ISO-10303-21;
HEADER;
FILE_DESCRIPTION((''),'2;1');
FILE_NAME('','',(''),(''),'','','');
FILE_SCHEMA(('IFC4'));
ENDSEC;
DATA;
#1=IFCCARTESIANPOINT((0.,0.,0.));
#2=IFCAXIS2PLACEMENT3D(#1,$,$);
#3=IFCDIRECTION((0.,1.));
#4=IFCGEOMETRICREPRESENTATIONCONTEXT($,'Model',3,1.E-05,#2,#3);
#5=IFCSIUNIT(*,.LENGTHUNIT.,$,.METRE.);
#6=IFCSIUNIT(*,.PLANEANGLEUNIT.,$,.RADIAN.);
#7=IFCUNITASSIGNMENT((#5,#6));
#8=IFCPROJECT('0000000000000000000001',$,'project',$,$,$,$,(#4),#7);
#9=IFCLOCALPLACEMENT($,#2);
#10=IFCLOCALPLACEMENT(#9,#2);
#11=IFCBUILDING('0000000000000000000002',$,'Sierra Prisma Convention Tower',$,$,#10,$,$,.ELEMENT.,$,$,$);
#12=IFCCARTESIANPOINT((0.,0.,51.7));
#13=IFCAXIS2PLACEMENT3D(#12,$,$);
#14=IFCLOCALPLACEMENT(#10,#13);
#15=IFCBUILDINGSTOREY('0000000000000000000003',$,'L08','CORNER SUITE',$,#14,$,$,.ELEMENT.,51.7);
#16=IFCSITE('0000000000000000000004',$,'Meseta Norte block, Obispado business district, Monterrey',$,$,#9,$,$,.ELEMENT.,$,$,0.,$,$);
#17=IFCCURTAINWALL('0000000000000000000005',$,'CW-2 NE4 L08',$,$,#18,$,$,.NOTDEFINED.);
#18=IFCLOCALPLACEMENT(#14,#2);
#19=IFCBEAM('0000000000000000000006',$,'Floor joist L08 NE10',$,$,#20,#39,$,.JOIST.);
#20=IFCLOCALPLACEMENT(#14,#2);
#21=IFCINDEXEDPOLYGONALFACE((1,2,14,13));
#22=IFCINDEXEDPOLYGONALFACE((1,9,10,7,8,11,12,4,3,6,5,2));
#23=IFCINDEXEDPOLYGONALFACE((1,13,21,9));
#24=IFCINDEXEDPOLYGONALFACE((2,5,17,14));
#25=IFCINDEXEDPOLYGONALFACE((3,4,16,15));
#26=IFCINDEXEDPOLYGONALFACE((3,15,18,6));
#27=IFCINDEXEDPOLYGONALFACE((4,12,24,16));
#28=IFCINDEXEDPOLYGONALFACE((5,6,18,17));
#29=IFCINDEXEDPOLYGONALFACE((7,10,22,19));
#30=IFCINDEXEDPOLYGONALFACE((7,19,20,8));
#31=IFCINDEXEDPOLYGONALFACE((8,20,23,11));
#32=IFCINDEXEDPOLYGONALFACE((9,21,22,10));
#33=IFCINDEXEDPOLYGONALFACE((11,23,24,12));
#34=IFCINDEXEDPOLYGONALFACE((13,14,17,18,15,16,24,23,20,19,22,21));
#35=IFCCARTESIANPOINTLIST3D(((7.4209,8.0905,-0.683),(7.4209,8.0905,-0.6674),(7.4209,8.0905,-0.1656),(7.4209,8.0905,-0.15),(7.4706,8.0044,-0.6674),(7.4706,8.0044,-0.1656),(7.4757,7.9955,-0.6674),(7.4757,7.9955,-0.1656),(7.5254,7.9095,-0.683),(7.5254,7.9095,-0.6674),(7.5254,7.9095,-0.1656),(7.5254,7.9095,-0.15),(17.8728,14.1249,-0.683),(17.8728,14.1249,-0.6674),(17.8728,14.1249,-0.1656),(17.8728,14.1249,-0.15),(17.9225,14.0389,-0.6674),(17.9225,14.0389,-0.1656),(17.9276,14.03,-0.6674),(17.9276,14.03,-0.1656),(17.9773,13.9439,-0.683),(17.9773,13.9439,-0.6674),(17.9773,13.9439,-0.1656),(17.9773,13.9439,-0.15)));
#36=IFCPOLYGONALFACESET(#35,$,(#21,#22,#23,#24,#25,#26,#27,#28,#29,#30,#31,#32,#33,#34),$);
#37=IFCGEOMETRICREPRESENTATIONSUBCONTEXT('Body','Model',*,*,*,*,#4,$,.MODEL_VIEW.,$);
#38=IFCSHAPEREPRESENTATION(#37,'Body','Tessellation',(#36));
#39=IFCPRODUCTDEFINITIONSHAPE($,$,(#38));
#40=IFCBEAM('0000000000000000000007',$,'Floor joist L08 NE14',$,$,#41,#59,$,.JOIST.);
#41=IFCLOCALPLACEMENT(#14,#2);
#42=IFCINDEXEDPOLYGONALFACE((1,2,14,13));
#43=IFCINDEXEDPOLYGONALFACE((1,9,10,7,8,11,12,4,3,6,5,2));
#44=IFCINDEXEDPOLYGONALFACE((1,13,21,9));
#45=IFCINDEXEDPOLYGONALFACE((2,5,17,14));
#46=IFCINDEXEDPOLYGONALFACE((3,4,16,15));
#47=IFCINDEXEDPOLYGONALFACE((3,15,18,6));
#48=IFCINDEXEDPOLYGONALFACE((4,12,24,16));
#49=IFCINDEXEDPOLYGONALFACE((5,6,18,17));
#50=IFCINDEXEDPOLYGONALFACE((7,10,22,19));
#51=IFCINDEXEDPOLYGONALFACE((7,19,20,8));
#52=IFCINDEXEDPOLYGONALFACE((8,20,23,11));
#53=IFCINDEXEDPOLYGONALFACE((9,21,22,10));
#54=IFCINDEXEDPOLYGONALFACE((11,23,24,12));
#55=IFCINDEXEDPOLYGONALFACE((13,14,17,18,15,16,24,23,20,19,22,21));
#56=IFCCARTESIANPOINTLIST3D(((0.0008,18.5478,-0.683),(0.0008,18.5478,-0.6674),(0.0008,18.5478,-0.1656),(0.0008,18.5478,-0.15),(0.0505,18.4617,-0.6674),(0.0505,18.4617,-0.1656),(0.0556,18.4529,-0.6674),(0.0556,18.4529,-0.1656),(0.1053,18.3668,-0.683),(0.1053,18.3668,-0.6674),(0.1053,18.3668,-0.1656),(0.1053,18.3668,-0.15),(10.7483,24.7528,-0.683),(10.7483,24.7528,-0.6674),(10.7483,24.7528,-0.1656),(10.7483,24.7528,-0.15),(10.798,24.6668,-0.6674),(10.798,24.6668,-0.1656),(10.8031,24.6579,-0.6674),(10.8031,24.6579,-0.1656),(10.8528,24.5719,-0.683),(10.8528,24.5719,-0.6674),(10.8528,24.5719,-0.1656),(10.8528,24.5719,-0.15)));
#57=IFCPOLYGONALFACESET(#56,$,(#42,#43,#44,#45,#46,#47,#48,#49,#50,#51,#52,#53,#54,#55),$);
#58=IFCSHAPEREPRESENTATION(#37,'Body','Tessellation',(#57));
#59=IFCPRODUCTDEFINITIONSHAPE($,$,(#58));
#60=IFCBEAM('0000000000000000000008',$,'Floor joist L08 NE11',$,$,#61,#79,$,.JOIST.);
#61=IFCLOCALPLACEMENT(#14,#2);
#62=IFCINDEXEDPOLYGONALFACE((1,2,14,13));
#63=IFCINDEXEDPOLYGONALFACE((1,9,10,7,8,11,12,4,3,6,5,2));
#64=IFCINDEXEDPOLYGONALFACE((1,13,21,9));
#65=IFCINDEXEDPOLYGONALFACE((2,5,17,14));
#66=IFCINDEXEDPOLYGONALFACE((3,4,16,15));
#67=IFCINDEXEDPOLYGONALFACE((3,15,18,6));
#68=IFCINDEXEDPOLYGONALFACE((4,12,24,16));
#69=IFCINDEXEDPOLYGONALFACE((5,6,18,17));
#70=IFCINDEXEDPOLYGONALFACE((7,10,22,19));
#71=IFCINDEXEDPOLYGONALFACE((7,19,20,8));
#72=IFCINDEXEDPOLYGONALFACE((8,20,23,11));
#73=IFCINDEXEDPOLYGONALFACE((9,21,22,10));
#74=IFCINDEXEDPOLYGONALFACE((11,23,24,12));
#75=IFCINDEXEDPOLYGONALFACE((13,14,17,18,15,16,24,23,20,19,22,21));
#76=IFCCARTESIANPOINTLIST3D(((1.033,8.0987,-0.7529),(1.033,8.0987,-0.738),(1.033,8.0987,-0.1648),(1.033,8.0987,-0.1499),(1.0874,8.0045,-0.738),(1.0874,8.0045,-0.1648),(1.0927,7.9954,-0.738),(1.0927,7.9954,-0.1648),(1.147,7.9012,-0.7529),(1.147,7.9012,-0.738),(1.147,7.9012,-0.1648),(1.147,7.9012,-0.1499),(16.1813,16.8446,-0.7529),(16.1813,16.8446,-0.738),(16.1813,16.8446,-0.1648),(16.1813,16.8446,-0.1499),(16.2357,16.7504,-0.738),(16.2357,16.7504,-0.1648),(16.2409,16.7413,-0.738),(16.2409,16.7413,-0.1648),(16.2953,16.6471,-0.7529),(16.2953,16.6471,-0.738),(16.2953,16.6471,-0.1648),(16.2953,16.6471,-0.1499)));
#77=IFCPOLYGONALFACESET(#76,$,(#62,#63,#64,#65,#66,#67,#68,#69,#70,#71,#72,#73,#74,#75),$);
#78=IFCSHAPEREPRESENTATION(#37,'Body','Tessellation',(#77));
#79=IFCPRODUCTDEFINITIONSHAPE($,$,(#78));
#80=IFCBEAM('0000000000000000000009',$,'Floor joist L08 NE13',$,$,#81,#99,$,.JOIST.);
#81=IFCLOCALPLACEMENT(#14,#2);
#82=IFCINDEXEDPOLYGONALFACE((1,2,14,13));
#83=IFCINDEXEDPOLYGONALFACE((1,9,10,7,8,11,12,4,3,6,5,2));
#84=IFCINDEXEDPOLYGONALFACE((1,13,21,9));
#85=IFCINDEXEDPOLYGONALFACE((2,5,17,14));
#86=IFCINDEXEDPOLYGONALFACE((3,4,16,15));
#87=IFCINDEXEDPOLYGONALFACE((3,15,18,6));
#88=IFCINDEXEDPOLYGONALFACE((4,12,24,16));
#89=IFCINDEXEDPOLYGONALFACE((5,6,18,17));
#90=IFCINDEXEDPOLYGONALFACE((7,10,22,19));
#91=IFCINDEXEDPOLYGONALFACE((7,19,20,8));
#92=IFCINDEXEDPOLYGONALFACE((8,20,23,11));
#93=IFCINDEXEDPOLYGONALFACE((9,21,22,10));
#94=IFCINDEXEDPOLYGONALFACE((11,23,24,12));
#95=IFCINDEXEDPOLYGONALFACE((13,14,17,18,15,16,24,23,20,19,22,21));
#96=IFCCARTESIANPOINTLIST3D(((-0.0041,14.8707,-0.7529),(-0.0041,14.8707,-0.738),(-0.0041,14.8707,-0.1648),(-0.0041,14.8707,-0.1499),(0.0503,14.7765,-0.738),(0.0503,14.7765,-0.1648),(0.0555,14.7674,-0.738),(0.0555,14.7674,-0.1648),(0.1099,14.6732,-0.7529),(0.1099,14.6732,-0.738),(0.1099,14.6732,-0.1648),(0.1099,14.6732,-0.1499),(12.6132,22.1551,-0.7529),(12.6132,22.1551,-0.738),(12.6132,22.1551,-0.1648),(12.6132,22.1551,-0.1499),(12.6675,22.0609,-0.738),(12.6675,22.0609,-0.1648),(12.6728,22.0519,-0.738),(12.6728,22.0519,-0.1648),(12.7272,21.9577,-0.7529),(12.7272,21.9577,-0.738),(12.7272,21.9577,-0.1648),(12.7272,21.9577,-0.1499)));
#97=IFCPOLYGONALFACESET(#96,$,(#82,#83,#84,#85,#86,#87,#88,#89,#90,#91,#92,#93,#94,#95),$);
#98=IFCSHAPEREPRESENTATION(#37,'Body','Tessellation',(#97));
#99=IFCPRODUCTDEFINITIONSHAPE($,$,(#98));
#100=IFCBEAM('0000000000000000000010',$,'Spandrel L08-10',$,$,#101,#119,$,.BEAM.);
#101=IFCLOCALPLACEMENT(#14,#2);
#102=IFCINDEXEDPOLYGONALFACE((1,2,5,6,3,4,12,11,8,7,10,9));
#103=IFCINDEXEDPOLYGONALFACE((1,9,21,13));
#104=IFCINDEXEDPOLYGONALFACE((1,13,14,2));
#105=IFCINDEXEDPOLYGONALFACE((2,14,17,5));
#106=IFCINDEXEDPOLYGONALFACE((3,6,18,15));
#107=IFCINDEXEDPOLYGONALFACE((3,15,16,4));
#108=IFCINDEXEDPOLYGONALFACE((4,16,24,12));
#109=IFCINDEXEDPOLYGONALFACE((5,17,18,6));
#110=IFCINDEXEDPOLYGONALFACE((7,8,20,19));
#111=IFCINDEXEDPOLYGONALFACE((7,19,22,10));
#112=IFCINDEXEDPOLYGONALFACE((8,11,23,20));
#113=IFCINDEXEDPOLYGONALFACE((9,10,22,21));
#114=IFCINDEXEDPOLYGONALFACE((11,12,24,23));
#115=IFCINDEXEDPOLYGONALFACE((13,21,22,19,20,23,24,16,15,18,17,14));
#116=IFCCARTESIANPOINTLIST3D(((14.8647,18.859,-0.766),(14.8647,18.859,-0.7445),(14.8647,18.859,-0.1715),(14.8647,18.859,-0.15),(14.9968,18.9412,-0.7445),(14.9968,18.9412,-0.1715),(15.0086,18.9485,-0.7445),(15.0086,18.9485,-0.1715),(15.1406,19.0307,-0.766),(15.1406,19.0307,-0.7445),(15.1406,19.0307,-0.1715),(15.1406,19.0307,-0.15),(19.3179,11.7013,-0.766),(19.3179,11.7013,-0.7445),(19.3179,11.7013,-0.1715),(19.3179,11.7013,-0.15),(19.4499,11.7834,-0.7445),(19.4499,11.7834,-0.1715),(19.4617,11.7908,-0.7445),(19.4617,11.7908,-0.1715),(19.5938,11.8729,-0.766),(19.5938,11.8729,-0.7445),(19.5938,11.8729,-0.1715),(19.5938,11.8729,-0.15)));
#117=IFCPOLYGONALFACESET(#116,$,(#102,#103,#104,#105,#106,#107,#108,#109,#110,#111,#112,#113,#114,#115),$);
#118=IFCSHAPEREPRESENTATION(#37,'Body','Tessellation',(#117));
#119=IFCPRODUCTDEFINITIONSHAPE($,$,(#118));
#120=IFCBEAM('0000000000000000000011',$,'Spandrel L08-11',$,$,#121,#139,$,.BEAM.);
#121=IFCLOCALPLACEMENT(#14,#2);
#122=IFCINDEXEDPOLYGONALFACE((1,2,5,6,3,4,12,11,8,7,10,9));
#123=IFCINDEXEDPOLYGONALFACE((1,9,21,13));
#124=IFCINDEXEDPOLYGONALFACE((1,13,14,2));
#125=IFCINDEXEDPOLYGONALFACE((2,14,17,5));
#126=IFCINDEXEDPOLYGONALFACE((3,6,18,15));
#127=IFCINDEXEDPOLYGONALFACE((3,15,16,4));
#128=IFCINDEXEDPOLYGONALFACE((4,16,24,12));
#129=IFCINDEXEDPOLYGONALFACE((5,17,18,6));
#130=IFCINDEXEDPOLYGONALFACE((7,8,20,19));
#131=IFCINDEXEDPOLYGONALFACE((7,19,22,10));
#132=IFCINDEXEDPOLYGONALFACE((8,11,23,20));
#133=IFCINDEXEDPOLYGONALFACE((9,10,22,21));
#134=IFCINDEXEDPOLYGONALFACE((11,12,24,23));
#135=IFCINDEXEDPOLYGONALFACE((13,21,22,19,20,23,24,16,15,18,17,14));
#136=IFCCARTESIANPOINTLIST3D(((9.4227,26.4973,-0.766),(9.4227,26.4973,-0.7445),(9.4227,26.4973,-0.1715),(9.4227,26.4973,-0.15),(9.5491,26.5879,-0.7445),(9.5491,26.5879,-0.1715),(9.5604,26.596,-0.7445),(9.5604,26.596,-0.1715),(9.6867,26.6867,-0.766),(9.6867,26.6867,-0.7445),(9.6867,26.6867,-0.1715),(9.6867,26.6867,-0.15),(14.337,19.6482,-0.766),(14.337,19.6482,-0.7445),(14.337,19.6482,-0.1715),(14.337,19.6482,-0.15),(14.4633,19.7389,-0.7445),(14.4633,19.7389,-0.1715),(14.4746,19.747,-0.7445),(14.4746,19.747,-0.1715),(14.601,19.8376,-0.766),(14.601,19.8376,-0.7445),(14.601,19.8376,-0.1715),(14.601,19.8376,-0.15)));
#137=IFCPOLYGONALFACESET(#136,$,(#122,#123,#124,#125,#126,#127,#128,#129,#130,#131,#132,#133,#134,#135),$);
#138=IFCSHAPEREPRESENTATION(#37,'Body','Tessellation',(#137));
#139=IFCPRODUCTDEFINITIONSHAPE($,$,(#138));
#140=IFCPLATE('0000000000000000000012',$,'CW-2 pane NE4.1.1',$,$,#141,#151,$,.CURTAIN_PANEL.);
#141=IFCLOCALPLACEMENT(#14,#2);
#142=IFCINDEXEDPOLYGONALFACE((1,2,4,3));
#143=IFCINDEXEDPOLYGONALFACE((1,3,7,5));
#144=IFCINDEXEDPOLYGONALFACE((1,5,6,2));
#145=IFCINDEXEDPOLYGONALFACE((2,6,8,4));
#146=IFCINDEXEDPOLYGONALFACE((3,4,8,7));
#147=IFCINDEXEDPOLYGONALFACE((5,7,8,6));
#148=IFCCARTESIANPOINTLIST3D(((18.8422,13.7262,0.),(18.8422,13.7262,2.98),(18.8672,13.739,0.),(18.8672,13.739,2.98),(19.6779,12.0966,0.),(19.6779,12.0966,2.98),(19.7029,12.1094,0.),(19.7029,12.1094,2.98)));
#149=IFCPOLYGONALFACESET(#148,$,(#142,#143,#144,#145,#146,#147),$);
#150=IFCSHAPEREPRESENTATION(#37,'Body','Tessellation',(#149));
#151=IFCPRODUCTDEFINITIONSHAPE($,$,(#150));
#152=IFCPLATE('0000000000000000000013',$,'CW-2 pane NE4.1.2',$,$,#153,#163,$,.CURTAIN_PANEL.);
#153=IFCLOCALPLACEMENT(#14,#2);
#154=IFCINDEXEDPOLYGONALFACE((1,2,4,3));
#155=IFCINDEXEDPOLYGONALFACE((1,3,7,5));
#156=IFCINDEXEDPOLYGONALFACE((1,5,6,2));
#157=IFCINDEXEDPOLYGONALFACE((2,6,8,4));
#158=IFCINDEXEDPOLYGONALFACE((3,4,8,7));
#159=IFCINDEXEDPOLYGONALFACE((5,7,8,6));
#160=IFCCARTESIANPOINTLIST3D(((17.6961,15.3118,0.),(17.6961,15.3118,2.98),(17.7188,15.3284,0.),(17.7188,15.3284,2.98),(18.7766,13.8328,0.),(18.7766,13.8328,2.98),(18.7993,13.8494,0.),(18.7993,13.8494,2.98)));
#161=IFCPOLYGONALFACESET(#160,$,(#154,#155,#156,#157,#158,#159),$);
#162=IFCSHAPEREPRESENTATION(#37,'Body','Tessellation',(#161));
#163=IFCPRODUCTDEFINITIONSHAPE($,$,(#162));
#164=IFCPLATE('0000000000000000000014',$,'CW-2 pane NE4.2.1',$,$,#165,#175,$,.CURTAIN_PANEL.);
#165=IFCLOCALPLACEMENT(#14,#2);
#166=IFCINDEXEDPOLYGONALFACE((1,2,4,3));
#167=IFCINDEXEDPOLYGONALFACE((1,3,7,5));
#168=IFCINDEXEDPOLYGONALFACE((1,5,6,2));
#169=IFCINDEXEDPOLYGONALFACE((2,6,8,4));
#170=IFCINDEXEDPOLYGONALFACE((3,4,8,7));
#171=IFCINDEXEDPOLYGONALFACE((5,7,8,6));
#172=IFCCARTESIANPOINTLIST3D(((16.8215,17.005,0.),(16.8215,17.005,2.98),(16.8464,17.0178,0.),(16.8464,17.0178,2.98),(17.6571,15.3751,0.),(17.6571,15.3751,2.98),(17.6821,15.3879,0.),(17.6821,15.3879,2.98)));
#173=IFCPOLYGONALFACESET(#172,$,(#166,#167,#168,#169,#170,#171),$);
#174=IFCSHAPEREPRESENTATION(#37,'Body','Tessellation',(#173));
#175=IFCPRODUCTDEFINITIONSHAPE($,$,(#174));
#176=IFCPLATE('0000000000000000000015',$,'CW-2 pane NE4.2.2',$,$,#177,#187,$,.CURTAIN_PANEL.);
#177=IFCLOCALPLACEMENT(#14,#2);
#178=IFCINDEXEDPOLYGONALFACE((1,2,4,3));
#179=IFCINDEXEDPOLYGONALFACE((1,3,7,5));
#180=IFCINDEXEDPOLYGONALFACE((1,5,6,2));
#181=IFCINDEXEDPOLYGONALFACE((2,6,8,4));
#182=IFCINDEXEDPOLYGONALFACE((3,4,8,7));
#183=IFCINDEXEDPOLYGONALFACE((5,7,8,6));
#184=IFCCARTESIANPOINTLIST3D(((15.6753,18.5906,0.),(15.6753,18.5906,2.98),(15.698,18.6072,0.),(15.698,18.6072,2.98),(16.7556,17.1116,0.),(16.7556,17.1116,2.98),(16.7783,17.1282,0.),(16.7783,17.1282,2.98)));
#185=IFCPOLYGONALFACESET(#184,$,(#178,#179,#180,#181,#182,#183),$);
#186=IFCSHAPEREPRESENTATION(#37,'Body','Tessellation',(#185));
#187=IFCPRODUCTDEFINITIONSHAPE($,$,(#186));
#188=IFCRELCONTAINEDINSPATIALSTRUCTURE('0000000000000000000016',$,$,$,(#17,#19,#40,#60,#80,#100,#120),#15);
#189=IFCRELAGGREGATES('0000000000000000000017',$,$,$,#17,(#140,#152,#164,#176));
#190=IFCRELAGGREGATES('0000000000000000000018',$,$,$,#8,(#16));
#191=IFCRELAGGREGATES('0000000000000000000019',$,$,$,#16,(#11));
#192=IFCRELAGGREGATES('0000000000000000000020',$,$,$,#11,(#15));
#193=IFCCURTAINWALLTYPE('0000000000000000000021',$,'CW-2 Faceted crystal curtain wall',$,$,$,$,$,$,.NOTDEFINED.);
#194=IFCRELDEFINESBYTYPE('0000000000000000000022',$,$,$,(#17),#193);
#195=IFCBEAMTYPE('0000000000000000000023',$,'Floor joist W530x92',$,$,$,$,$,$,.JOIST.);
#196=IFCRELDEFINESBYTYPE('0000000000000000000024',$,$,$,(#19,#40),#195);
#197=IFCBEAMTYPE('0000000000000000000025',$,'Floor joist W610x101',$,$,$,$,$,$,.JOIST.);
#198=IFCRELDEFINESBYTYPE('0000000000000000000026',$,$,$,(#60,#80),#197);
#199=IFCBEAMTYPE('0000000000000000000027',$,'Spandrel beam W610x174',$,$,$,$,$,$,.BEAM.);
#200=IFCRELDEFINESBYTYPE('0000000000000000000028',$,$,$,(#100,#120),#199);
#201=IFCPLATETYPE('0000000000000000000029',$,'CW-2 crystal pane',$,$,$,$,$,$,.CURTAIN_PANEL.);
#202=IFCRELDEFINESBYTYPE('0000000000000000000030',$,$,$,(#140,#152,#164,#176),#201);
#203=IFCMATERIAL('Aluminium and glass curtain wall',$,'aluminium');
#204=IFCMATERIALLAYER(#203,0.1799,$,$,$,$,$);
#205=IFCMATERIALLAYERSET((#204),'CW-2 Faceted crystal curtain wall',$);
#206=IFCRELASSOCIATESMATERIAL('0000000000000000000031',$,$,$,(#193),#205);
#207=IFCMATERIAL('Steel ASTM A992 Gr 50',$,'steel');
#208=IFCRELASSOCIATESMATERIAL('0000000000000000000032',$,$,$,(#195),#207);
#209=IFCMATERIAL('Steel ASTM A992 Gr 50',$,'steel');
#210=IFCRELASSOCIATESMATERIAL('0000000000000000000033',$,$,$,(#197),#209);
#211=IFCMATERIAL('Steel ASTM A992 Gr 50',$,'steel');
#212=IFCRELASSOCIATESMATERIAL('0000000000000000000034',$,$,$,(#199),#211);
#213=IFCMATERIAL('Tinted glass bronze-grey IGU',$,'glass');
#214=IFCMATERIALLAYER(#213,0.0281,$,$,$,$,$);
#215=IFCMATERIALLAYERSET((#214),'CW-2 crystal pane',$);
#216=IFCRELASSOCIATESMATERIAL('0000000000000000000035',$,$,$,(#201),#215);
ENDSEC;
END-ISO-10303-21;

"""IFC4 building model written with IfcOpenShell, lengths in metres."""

from ifc_helpers import new_model, si_unit, direction, frame, origin, origin_2d, place, context, subcontext, project, spatial, polyline, i_section, outline, extrude, material, layer, layer_set, material_profile, profile_set, type_object, element, aggregate, save


model = new_model("IFC4")

# Units and contexts
model_context = context("Model", 3, precision=1e-05, world=origin(), true_north=direction((0.0, 1.0)))
body_context = subcontext(model_context, "Body", "Model", "MODEL_VIEW")
ifc_project = project(units=[si_unit("LENGTHUNIT", "METRE"), si_unit("PLANEANGLEUNIT", "RADIAN")], contexts=[model_context])

# Site, building, storey
site_placement = place(None, origin())
site = spatial("IfcSite", under=ifc_project, at=site_placement, Name="Meseta Norte block, Obispado business district, Monterrey", CompositionType="ELEMENT", RefElevation=0.0)
building_placement = place(site_placement, origin())
building = spatial("IfcBuilding", under=site, at=building_placement, Name="Sierra Prisma Convention Tower", CompositionType="ELEMENT")
storey_placement = place(building_placement, frame((0.0, 0.0, 51.7)))
storey = spatial("IfcBuildingStorey", under=building, at=storey_placement, Name="L08", Description="CORNER SUITE", CompositionType="ELEMENT", Elevation=51.7)

# Curtain wall
ifc_material_1 = material(Name="Aluminium and glass curtain wall", Category="aluminium")
ifc_layer_1 = layer(ifc_material_1, 0.1799)
ifc_layer_set_1 = layer_set([ifc_layer_1], Name="CW-2 Faceted crystal curtain wall")
curtain_wall_type = type_object("IfcCurtainWallType", Name="CW-2 Faceted crystal curtain wall", PredefinedType="NOTDEFINED", material=ifc_layer_set_1)
curtain_wall_1_placement = place(storey_placement, origin())
curtain_wall_1 = element("IfcCurtainWall", 1, at=curtain_wall_1_placement, inside=storey, type_object=curtain_wall_type, Name="CW-2 NE4 L08", PredefinedType="NOTDEFINED")

# Beams
ifc_material_2 = material(Name="Steel ASTM A992 Gr 50", Category="steel")
ifc_material_profile_1 = material_profile(ifc_material_2, i_section(OverallWidth=0.209, OverallDepth=0.533, WebThickness=0.0103, FlangeThickness=0.0156, at=origin_2d()), Name="W530x92")
ifc_profile_set_1 = profile_set([ifc_material_profile_1], Name="Steel ASTM A992 Gr 50")
beam_type_1 = type_object("IfcBeamType", Name="Floor joist W530x92", PredefinedType="JOIST", material=ifc_profile_set_1)
beam_1_placement = place(storey_placement, frame((17.925, 14.0344, -0.4165), z_axis=(-0.866025, -0.500001, 0.0), x_axis=(0.500001, -0.866025, 0.0)))
element("IfcBeam", 2, at=beam_1_placement, inside=storey, type_object=beam_type_1, Name="Floor joist L08 NE10", PredefinedType="JOIST", context=body_context, shape_type="SweptSolid", body=[
    extrude(i_section(OverallWidth=0.209, OverallDepth=0.533, WebThickness=0.0103, FlangeThickness=0.0156, at=origin_2d()), origin(), (0.0, 0.0, 1.0), 12.0688),
])
beam_2_placement = place(storey_placement, frame((10.8005, 24.6624, -0.4165), z_axis=(-0.866026, -0.499998, 0.0), x_axis=(0.499998, -0.866026, 0.0)))
element("IfcBeam", 3, at=beam_2_placement, inside=storey, type_object=beam_type_1, Name="Floor joist L08 NE14", PredefinedType="JOIST", context=body_context, shape_type="SweptSolid", body=[
    extrude(i_section(OverallWidth=0.209, OverallDepth=0.533, WebThickness=0.0103, FlangeThickness=0.0156, at=origin_2d()), origin(), (0.0, 0.0, 1.0), 12.4102),
])
ifc_material_3 = material(Name="Steel ASTM A992 Gr 50", Category="steel")
ifc_material_profile_2 = material_profile(ifc_material_3, i_section(OverallWidth=0.228, OverallDepth=0.603, WebThickness=0.0105, FlangeThickness=0.0149, at=origin_2d()), Name="W610x101")
ifc_profile_set_2 = profile_set([ifc_material_profile_2], Name="Steel ASTM A992 Gr 50")
beam_type_2 = type_object("IfcBeamType", Name="Floor joist W610x101", PredefinedType="JOIST", material=ifc_profile_set_2)
beam_3_placement = place(storey_placement, frame((16.2383, 16.7458, -0.4514), z_axis=(-0.866025, -0.500002, 0.0), x_axis=(0.500002, -0.866025, 0.0)))
element("IfcBeam", 4, at=beam_3_placement, inside=storey, type_object=beam_type_2, Name="Floor joist L08 NE11", PredefinedType="JOIST", context=body_context, shape_type="SweptSolid", body=[
    extrude(i_section(OverallWidth=0.228, OverallDepth=0.603, WebThickness=0.0105, FlangeThickness=0.0149, at=origin_2d()), origin(), (0.0, 0.0, 1.0), 17.4917),
])
beam_4_placement = place(storey_placement, frame((12.6702, 22.0564, -0.4514), z_axis=(-0.866029, -0.499994, 0.0), x_axis=(0.499994, -0.866029, 0.0)))
element("IfcBeam", 5, at=beam_4_placement, inside=storey, type_object=beam_type_2, Name="Floor joist L08 NE13", PredefinedType="JOIST", context=body_context, shape_type="SweptSolid", body=[
    extrude(i_section(OverallWidth=0.228, OverallDepth=0.603, WebThickness=0.0105, FlangeThickness=0.0149, at=origin_2d()), origin(), (0.0, 0.0, 1.0), 14.5691),
])
ifc_material_4 = material(Name="Steel ASTM A992 Gr 50", Category="steel")
ifc_material_profile_3 = material_profile(ifc_material_4, i_section(OverallWidth=0.325, OverallDepth=0.616, WebThickness=0.0139, FlangeThickness=0.0215, at=origin_2d()), Name="W610x174")
ifc_profile_set_3 = profile_set([ifc_material_profile_3], Name="Steel ASTM A992 Gr 50")
beam_type_3 = type_object("IfcBeamType", Name="Spandrel beam W610x174", PredefinedType="BEAM", material=ifc_profile_set_3)
beam_5_placement = place(storey_placement, frame((19.4558, 11.7871, -0.458), z_axis=(-0.528254, 0.849087, 0.0), x_axis=(-0.849087, -0.528254, 0.0)))
element("IfcBeam", 6, at=beam_5_placement, inside=storey, type_object=beam_type_3, Name="Spandrel L08-10", PredefinedType="BEAM", context=body_context, shape_type="SweptSolid", body=[
    extrude(i_section(OverallWidth=0.325, OverallDepth=0.616, WebThickness=0.0139, FlangeThickness=0.0215, at=origin_2d()), origin(), (0.0, 0.0, 1.0), 8.4299),
])
beam_6_placement = place(storey_placement, frame((14.469, 19.7429, -0.458), z_axis=(-0.582971, 0.812493, 0.0), x_axis=(-0.812493, -0.582971, 0.0)))
element("IfcBeam", 7, at=beam_6_placement, inside=storey, type_object=beam_type_3, Name="Spandrel L08-11", PredefinedType="BEAM", context=body_context, shape_type="SweptSolid", body=[
    extrude(i_section(OverallWidth=0.325, OverallDepth=0.616, WebThickness=0.0139, FlangeThickness=0.0215, at=origin_2d()), origin(), (0.0, 0.0, 1.0), 8.4297),
])

# Plates
ifc_material_5 = material(Name="Tinted glass bronze-grey IGU", Category="glass")
ifc_layer_2 = layer(ifc_material_5, 0.0281)
ifc_layer_set_2 = layer_set([ifc_layer_2], Name="CW-2 crystal pane")
plate_type = type_object("IfcPlateType", Name="CW-2 crystal pane", PredefinedType="CURTAIN_PANEL", material=ifc_layer_set_2)
plate_1_placement = place(storey_placement, frame((19.7029, 12.1094, 0.0), z_axis=(0.889822, 0.456309, 0.0), x_axis=(-0.456309, 0.889822, 0.0)))
plate_1 = element("IfcPlate", 8, at=plate_1_placement, type_object=plate_type, Name="CW-2 pane NE4.1.1", PredefinedType="CURTAIN_PANEL", context=body_context, shape_type="SweptSolid", body=[
    extrude(outline(polyline([(0.0, 0.0), (1.8314, 0.0), (1.8314, 2.98), (0.0, 2.98), (0.0, 0.0)])), origin(), (0.0, 0.0, -1.0), 0.0281),
])
plate_2_placement = place(storey_placement, frame((17.7188, 15.3284, 0.0), z_axis=(0.807455, 0.58993, 0.0), x_axis=(0.58993, -0.807455, 0.0)))
plate_2 = element("IfcPlate", 9, at=plate_2_placement, type_object=plate_type, Name="CW-2 pane NE4.1.2", PredefinedType="CURTAIN_PANEL", context=body_context, shape_type="SweptSolid", body=[
    extrude(outline(polyline([(0.0, 0.0), (1.8317, 0.0), (1.8317, -2.98), (0.0, -2.98), (0.0, 0.0)])), origin(), (0.0, 0.0, -1.0), 0.0281),
])
plate_3_placement = place(storey_placement, frame((17.6821, 15.3879, 0.0), z_axis=(0.889849, 0.456254, 0.0), x_axis=(-0.456254, 0.889849, 0.0)))
plate_3 = element("IfcPlate", 10, at=plate_3_placement, type_object=plate_type, Name="CW-2 pane NE4.2.1", PredefinedType="CURTAIN_PANEL", context=body_context, shape_type="SweptSolid", body=[
    extrude(outline(polyline([(0.0, 0.0), (1.8316, 0.0), (1.8316, 2.98), (0.0, 2.98), (0.0, 0.0)])), origin(), (0.0, 0.0, -1.0), 0.0281),
])
plate_4_placement = place(storey_placement, frame((15.698, 18.6072, 0.0), z_axis=(0.807518, 0.589843, 0.0), x_axis=(0.589843, -0.807518, 0.0)))
plate_4 = element("IfcPlate", 11, at=plate_4_placement, type_object=plate_type, Name="CW-2 pane NE4.2.2", PredefinedType="CURTAIN_PANEL", context=body_context, shape_type="SweptSolid", body=[
    extrude(outline(polyline([(0.0, 0.0), (1.8315, 0.0), (1.8315, -2.98), (0.0, -2.98), (0.0, 0.0)])), origin(), (0.0, 0.0, -1.0), 0.0281),
])
aggregate(curtain_wall_1, [plate_1, plate_2, plate_3, plate_4])

save(model, "model.ifc")
